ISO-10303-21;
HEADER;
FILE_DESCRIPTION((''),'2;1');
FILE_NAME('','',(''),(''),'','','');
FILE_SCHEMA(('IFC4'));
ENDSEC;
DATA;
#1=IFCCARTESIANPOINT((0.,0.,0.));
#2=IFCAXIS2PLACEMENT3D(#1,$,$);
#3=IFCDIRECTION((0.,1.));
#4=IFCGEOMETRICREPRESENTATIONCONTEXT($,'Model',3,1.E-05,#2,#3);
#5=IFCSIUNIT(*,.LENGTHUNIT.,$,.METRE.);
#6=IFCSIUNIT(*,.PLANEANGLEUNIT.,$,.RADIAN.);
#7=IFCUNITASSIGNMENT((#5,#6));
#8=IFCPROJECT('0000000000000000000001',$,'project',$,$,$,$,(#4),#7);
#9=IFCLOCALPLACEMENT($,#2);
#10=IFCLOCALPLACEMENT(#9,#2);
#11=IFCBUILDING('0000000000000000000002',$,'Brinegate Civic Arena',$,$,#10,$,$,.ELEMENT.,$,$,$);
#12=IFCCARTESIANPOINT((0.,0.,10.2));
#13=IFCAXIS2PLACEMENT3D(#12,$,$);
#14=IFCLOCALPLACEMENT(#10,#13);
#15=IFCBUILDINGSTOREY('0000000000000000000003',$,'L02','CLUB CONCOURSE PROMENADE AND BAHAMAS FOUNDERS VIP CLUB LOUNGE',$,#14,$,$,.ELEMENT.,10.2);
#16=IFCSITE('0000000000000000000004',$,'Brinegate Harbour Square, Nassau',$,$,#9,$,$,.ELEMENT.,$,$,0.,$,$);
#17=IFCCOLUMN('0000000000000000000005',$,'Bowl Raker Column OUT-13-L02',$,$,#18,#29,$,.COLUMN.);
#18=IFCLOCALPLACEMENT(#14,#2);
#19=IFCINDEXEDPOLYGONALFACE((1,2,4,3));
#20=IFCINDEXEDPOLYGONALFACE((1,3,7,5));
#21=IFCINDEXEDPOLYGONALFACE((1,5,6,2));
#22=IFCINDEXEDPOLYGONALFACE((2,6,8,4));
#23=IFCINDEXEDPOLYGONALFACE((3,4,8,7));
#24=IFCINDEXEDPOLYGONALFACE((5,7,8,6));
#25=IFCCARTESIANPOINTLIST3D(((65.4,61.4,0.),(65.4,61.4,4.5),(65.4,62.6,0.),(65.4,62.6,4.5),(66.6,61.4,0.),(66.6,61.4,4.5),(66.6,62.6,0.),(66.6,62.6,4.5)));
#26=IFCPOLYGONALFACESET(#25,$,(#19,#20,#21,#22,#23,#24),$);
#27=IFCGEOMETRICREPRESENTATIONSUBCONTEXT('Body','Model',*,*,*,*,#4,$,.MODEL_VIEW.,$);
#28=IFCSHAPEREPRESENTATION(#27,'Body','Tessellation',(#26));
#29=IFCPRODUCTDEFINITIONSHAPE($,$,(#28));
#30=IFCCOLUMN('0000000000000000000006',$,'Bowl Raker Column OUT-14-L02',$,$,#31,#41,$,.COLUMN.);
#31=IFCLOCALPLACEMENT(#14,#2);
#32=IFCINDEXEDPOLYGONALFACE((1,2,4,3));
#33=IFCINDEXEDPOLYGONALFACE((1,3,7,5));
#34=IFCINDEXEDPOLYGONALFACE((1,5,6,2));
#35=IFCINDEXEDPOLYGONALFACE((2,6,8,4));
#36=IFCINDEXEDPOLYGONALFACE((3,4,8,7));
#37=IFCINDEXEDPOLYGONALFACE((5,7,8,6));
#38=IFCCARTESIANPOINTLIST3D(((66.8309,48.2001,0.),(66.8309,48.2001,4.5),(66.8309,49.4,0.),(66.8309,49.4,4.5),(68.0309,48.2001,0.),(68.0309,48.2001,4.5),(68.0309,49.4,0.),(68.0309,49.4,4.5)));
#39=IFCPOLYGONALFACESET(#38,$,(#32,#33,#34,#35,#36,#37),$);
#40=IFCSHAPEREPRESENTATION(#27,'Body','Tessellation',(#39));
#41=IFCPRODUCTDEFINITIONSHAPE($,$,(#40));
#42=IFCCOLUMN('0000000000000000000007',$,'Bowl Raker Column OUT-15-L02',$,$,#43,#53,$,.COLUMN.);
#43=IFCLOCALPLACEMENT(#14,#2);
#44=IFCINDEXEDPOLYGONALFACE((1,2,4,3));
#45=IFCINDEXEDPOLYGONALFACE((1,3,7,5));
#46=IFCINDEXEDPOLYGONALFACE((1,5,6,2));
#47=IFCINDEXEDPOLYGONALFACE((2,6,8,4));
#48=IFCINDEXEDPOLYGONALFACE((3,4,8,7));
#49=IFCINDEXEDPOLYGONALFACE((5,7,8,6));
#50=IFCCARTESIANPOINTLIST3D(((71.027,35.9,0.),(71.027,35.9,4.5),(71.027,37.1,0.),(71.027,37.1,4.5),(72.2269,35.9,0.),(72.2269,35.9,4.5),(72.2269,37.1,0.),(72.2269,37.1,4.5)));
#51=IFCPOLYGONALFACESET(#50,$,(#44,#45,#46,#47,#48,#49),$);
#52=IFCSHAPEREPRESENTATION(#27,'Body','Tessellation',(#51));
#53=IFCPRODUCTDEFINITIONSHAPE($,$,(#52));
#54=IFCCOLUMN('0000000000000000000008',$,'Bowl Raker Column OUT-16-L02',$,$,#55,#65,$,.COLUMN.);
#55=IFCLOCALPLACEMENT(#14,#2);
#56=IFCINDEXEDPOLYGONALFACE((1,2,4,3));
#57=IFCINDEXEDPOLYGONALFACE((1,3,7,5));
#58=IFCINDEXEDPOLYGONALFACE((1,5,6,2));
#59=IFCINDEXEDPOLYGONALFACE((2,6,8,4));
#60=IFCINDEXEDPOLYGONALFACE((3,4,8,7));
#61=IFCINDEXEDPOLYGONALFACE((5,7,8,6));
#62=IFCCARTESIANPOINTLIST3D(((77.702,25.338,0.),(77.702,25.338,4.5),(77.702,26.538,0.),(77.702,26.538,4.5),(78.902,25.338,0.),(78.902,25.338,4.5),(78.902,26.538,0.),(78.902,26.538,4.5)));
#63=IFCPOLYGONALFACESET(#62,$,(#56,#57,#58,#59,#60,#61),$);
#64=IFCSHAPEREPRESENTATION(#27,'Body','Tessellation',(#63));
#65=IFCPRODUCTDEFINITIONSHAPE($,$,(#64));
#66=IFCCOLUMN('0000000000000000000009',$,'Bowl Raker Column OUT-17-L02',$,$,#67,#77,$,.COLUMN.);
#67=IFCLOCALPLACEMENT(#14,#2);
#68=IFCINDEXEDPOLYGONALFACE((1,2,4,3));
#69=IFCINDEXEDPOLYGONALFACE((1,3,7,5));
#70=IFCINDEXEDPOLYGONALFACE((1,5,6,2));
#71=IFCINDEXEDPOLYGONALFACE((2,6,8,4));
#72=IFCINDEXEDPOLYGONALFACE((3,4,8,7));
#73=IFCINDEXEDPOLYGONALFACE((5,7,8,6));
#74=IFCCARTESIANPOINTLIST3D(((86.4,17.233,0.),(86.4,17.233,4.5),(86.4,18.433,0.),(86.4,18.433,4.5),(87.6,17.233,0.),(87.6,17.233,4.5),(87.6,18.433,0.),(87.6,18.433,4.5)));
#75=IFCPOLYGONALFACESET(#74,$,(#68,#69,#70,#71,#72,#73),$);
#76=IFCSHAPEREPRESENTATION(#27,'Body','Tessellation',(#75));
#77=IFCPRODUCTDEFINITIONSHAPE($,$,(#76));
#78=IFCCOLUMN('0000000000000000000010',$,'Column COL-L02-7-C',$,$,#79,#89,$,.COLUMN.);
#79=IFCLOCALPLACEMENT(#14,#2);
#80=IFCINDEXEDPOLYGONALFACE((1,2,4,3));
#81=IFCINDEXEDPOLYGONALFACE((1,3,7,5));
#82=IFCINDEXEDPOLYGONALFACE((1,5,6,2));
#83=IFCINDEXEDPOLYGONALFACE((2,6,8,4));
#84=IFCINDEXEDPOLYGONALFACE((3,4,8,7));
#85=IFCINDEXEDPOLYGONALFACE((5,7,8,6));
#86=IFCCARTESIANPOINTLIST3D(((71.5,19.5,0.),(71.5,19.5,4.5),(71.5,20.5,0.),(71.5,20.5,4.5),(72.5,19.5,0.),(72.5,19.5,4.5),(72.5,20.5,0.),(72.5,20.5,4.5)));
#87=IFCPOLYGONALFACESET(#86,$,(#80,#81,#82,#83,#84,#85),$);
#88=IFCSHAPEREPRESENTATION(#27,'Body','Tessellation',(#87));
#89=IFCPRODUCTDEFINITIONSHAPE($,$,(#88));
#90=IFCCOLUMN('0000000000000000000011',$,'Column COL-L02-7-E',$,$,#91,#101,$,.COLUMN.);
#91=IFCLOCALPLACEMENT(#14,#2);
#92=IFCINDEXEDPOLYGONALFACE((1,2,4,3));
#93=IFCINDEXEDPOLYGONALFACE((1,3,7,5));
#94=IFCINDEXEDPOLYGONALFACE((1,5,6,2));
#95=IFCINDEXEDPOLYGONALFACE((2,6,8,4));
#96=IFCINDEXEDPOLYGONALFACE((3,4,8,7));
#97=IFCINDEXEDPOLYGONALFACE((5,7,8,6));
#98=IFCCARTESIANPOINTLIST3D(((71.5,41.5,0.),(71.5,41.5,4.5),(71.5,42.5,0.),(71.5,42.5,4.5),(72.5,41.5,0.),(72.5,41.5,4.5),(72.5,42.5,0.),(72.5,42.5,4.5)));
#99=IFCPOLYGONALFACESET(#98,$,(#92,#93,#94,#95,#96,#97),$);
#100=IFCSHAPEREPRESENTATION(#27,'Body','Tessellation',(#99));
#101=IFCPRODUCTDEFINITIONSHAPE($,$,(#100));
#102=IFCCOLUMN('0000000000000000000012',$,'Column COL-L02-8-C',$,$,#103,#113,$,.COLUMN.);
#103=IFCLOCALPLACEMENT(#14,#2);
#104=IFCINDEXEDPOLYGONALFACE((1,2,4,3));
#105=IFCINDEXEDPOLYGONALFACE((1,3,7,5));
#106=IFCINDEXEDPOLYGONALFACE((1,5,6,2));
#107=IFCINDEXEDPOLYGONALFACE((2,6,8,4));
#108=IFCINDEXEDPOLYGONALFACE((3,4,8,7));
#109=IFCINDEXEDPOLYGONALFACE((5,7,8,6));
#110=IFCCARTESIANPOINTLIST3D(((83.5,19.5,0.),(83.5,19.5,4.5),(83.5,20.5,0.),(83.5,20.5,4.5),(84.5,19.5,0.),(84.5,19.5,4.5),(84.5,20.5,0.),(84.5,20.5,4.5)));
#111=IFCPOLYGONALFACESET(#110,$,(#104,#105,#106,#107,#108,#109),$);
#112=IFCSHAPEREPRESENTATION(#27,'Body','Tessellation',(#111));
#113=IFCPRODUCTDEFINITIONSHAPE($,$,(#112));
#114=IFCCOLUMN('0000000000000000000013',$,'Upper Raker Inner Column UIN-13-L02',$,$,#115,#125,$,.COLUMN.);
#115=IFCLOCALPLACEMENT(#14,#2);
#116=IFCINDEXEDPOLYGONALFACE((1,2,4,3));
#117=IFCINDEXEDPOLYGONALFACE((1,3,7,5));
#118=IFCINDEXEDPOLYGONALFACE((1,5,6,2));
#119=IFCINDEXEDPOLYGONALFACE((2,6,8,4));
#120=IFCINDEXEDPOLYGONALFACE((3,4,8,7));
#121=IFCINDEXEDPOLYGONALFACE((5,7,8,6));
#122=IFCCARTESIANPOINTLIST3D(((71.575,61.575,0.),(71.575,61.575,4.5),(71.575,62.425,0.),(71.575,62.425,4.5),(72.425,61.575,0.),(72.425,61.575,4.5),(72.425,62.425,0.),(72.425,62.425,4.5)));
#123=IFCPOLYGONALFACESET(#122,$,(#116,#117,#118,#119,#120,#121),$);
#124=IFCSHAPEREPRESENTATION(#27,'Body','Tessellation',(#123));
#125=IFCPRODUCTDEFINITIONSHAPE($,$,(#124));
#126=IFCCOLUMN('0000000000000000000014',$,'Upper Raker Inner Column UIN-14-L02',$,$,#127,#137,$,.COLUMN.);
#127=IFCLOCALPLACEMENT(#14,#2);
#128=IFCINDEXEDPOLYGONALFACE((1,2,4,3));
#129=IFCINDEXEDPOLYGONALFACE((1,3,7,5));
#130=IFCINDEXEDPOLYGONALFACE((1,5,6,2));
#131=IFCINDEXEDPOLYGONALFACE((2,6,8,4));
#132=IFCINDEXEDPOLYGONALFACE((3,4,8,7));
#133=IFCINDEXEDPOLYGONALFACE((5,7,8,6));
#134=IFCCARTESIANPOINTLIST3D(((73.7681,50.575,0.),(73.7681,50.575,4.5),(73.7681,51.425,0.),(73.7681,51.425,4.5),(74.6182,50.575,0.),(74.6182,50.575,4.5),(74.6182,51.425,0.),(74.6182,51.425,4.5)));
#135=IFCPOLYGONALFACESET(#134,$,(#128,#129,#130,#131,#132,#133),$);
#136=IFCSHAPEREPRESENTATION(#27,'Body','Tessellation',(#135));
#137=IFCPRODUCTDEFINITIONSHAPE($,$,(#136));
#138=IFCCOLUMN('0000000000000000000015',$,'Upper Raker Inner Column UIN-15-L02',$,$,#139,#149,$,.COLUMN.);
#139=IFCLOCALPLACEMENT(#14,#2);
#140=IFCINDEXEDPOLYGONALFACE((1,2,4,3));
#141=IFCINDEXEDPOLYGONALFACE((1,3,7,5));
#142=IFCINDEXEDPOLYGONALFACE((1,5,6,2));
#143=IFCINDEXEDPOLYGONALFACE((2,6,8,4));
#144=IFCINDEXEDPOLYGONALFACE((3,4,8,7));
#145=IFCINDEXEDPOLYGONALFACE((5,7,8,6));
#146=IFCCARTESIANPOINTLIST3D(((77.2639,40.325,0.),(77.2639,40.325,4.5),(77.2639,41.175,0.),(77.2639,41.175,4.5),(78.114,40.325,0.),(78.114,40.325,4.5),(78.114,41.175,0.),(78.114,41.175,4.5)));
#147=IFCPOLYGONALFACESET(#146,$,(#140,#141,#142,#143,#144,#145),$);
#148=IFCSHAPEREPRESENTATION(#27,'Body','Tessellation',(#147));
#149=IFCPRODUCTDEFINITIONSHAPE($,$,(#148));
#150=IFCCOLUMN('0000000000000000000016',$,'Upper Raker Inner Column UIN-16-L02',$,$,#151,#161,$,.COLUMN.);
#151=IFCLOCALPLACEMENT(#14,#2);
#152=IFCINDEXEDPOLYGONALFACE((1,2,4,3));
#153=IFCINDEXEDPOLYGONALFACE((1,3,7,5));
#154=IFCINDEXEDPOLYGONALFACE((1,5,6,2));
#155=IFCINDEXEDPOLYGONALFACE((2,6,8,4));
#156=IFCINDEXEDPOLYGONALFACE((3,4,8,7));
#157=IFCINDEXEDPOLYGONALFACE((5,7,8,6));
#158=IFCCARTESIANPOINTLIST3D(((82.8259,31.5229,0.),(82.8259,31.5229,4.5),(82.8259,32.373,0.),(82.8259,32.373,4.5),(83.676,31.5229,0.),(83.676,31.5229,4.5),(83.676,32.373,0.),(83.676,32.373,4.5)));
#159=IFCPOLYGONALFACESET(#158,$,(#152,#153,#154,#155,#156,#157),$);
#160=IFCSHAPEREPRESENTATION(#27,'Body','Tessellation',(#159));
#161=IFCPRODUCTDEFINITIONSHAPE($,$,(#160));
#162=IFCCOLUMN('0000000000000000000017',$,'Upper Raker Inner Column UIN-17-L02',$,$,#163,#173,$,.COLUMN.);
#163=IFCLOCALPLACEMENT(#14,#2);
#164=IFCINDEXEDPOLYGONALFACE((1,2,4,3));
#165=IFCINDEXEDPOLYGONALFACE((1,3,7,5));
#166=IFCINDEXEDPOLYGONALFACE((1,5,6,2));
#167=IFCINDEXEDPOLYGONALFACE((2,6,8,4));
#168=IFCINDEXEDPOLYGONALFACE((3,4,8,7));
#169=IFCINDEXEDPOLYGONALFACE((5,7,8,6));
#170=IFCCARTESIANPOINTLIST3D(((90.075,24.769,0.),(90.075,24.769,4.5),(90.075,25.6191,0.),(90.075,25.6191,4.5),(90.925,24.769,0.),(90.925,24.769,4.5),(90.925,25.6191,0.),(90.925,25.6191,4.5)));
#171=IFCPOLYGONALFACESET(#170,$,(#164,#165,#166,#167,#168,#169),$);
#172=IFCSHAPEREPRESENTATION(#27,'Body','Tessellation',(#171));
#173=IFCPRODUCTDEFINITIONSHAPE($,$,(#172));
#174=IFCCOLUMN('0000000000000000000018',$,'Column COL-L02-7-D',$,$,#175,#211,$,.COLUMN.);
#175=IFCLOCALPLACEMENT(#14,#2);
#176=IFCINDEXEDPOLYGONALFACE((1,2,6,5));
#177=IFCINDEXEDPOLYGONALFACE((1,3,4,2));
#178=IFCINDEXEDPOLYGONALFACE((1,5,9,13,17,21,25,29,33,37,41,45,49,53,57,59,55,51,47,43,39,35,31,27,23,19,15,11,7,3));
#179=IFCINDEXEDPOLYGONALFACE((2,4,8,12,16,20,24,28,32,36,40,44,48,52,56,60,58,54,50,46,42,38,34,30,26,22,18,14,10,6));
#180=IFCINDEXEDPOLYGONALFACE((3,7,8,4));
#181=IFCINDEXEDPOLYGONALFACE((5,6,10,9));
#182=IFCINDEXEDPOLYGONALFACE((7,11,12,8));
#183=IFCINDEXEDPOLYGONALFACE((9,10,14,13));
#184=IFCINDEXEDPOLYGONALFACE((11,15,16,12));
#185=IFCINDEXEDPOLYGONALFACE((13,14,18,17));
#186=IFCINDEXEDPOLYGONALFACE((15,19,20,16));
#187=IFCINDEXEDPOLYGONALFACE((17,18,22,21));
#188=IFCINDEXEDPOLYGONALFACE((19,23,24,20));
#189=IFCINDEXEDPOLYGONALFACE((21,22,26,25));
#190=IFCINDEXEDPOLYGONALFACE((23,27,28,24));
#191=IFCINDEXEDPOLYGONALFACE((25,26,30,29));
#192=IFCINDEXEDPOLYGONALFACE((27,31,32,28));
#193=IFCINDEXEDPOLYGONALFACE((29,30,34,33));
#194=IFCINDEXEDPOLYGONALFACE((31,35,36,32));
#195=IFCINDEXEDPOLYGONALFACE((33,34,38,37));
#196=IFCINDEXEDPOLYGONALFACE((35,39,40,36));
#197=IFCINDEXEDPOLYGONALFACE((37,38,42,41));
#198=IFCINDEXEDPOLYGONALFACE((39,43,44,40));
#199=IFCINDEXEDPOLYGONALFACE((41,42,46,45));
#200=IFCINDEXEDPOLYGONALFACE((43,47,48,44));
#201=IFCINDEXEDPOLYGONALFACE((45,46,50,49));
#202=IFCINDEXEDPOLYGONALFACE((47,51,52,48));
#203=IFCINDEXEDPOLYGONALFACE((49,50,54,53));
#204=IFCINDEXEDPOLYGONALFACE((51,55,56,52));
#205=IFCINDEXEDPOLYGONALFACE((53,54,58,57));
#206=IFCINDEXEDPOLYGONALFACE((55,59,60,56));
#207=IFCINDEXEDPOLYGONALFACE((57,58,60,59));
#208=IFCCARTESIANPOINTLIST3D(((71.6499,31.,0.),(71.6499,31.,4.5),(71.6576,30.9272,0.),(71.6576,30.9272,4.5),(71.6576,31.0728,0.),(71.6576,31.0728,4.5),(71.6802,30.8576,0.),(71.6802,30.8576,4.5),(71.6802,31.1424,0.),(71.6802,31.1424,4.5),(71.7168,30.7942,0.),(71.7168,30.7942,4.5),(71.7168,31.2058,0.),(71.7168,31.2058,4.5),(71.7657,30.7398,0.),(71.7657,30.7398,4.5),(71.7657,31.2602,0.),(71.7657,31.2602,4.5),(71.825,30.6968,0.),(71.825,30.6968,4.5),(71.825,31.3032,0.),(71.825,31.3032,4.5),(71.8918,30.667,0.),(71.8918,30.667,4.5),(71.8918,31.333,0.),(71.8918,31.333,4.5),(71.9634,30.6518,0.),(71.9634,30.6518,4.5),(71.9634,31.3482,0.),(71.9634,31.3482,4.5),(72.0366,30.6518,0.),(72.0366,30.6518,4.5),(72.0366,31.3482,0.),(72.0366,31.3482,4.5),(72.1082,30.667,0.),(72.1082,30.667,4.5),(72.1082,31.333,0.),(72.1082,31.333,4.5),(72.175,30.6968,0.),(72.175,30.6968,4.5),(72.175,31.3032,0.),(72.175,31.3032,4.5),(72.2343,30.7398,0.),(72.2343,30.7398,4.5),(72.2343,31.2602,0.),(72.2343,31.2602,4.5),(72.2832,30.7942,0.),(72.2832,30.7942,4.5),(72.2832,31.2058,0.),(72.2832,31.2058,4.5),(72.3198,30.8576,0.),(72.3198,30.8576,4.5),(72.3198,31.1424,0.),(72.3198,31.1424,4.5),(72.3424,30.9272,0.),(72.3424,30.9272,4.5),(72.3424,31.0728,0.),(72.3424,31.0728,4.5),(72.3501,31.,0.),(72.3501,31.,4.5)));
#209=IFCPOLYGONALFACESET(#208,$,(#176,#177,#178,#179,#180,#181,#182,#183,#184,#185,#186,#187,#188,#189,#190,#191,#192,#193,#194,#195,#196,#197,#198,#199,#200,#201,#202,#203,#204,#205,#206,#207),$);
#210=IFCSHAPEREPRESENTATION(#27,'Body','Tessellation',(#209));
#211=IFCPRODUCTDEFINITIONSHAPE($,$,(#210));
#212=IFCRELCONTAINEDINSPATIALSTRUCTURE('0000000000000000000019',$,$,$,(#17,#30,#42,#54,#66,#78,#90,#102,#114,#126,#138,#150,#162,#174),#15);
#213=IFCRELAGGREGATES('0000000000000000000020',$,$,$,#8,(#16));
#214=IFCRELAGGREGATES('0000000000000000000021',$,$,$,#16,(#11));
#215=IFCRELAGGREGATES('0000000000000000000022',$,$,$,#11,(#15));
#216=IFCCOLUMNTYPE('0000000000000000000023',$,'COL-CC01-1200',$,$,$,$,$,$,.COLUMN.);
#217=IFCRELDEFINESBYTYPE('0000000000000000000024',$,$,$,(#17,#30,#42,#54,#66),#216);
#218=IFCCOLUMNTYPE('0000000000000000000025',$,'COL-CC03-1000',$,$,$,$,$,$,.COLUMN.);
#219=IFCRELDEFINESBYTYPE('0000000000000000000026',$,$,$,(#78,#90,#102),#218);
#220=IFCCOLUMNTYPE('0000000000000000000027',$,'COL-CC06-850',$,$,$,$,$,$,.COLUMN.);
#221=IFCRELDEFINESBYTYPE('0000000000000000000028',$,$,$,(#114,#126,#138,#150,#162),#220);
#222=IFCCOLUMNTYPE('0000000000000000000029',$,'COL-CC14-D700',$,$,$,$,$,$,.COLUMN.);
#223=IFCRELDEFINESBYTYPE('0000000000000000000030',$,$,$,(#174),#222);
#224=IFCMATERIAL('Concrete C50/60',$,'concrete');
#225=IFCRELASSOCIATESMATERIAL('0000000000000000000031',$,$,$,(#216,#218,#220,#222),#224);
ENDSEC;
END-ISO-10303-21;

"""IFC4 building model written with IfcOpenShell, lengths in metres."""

from ifc_helpers import new_model, si_unit, direction, frame, origin, origin_2d, place, context, subcontext, project, spatial, rectangle, circle, extrude, material, material_profile, profile_set, type_object, element, save


model = new_model("IFC4")

# Units and contexts
model_context = context("Model", 3, precision=1e-05, world=origin(), true_north=direction((0.0, 1.0)))
body_context = subcontext(model_context, "Body", "Model", "MODEL_VIEW")
ifc_project = project(units=[si_unit("LENGTHUNIT", "METRE"), si_unit("PLANEANGLEUNIT", "RADIAN")], contexts=[model_context])

# Site, building, storey
site_placement = place(None, origin())
site = spatial("IfcSite", under=ifc_project, at=site_placement, Name="Brinegate Harbour Square, Nassau", CompositionType="ELEMENT", RefElevation=0.0)
building_placement = place(site_placement, origin())
building = spatial("IfcBuilding", under=site, at=building_placement, Name="Brinegate Civic Arena", CompositionType="ELEMENT")
storey_placement = place(building_placement, frame((0.0, 0.0, 10.2)))
storey = spatial("IfcBuildingStorey", under=building, at=storey_placement, Name="L02", Description="CLUB CONCOURSE PROMENADE AND BAHAMAS FOUNDERS VIP CLUB LOUNGE", CompositionType="ELEMENT", Elevation=10.2)

# Columns
ifc_material_1 = material(Name="Concrete C50/60", Category="concrete")
ifc_material_profile_1 = material_profile(ifc_material_1, rectangle(XDim=1.2, YDim=1.2, at=origin_2d()), Name="RC1200X1200")
ifc_profile_set_1 = profile_set([ifc_material_profile_1], Name="Concrete C50/60")
column_type_1 = type_object("IfcColumnType", Name="COL-CC01-1200", PredefinedType="COLUMN", material=ifc_profile_set_1)
for number, where, z_axis, x_axis, name in (
    (1, (66.0, 62.0, 0.0), (0.0, 0.0, 1.0), (1.0, 0.0, 0.0), "Bowl Raker Column OUT-13-L02"),
    (2, (67.4309, 48.8, 0.0), (0.0, 0.0, 1.0), (1.0, 0.0, 0.0), "Bowl Raker Column OUT-14-L02"),
    (3, (71.627, 36.5, 0.0), (0.0, 0.0, 1.0), (1.0, 0.0, 0.0), "Bowl Raker Column OUT-15-L02"),
    (4, (78.302, 25.938, 0.0), (0.0, 0.0, 1.0), (1.0, 0.0, 0.0), "Bowl Raker Column OUT-16-L02"),
    (5, (87.0, 17.833, 0.0), (0.0, 0.0, 1.0), (1.0, 0.0, 0.0), "Bowl Raker Column OUT-17-L02"),
):
    element("IfcColumn", number, at=place(storey_placement, frame(where, z_axis=z_axis, x_axis=x_axis)), inside=storey, type_object=column_type_1, Name=name, PredefinedType="COLUMN", context=body_context, shape_type="SweptSolid", body=[
        extrude(rectangle(XDim=1.2, YDim=1.2, at=origin_2d()), origin(), (0.0, 0.0, 1.0), 4.5),
    ])
ifc_material_profile_2 = material_profile(ifc_material_1, rectangle(XDim=1.0, YDim=1.0, at=origin_2d()), Name="RC1000X1000")
ifc_profile_set_2 = profile_set([ifc_material_profile_2], Name="Concrete C50/60")
column_type_2 = type_object("IfcColumnType", Name="COL-CC03-1000", PredefinedType="COLUMN", material=ifc_profile_set_2)
for number, where, z_axis, x_axis, name in (
    (6, (72.0, 20.0, 0.0), (0.0, 0.0, 1.0), (1.0, 0.0, 0.0), "Column COL-L02-7-C"),
    (7, (72.0, 42.0, 0.0), (0.0, 0.0, 1.0), (1.0, 0.0, 0.0), "Column COL-L02-7-E"),
    (8, (84.0, 20.0, 0.0), (0.0, 0.0, 1.0), (1.0, 0.0, 0.0), "Column COL-L02-8-C"),
):
    element("IfcColumn", number, at=place(storey_placement, frame(where, z_axis=z_axis, x_axis=x_axis)), inside=storey, type_object=column_type_2, Name=name, PredefinedType="COLUMN", context=body_context, shape_type="SweptSolid", body=[
        extrude(rectangle(XDim=1.0, YDim=1.0, at=origin_2d()), origin(), (0.0, 0.0, 1.0), 4.5),
    ])
ifc_material_profile_3 = material_profile(ifc_material_1, rectangle(XDim=0.8501, YDim=0.8501, at=origin_2d()), Name="RC850X850")
ifc_profile_set_3 = profile_set([ifc_material_profile_3], Name="Concrete C50/60")
column_type_3 = type_object("IfcColumnType", Name="COL-CC06-850", PredefinedType="COLUMN", material=ifc_profile_set_3)
for number, where, z_axis, x_axis, name in (
    (9, (72.0, 62.0, 0.0), (0.0, 0.0, 1.0), (1.0, 0.0, 0.0), "Upper Raker Inner Column UIN-13-L02"),
    (10, (74.1931, 51.0, 0.0), (0.0, 0.0, 1.0), (1.0, 0.0, 0.0), "Upper Raker Inner Column UIN-14-L02"),
    (11, (77.689, 40.75, 0.0), (0.0, 0.0, 1.0), (1.0, 0.0, 0.0), "Upper Raker Inner Column UIN-15-L02"),
    (12, (83.251, 31.948, 0.0), (0.0, 0.0, 1.0), (1.0, 0.0, 0.0), "Upper Raker Inner Column UIN-16-L02"),
    (13, (90.5, 25.1941, 0.0), (0.0, 0.0, 1.0), (1.0, 0.0, 0.0), "Upper Raker Inner Column UIN-17-L02"),
):
    element("IfcColumn", number, at=place(storey_placement, frame(where, z_axis=z_axis, x_axis=x_axis)), inside=storey, type_object=column_type_3, Name=name, PredefinedType="COLUMN", context=body_context, shape_type="SweptSolid", body=[
        extrude(rectangle(XDim=0.8501, YDim=0.8501, at=origin_2d()), origin(), (0.0, 0.0, 1.0), 4.5),
    ])
ifc_material_profile_4 = material_profile(ifc_material_1, circle(Radius=0.3501, at=origin_2d()), Name="RCD700")
ifc_profile_set_4 = profile_set([ifc_material_profile_4], Name="Concrete C50/60")
column_type_4 = type_object("IfcColumnType", Name="COL-CC14-D700", PredefinedType="COLUMN", material=ifc_profile_set_4)
column_placement = place(storey_placement, frame((72.0, 31.0, 0.0), z_axis=(0.0, 0.0, 1.0), x_axis=(1.0, 0.0, 0.0)))
element("IfcColumn", 14, at=column_placement, inside=storey, type_object=column_type_4, Name="Column COL-L02-7-D", PredefinedType="COLUMN", context=body_context, shape_type="SweptSolid", body=[
    extrude(circle(Radius=0.3501, at=origin_2d()), origin(), (0.0, 0.0, 1.0), 4.5),
])

save(model, "model.ifc")
